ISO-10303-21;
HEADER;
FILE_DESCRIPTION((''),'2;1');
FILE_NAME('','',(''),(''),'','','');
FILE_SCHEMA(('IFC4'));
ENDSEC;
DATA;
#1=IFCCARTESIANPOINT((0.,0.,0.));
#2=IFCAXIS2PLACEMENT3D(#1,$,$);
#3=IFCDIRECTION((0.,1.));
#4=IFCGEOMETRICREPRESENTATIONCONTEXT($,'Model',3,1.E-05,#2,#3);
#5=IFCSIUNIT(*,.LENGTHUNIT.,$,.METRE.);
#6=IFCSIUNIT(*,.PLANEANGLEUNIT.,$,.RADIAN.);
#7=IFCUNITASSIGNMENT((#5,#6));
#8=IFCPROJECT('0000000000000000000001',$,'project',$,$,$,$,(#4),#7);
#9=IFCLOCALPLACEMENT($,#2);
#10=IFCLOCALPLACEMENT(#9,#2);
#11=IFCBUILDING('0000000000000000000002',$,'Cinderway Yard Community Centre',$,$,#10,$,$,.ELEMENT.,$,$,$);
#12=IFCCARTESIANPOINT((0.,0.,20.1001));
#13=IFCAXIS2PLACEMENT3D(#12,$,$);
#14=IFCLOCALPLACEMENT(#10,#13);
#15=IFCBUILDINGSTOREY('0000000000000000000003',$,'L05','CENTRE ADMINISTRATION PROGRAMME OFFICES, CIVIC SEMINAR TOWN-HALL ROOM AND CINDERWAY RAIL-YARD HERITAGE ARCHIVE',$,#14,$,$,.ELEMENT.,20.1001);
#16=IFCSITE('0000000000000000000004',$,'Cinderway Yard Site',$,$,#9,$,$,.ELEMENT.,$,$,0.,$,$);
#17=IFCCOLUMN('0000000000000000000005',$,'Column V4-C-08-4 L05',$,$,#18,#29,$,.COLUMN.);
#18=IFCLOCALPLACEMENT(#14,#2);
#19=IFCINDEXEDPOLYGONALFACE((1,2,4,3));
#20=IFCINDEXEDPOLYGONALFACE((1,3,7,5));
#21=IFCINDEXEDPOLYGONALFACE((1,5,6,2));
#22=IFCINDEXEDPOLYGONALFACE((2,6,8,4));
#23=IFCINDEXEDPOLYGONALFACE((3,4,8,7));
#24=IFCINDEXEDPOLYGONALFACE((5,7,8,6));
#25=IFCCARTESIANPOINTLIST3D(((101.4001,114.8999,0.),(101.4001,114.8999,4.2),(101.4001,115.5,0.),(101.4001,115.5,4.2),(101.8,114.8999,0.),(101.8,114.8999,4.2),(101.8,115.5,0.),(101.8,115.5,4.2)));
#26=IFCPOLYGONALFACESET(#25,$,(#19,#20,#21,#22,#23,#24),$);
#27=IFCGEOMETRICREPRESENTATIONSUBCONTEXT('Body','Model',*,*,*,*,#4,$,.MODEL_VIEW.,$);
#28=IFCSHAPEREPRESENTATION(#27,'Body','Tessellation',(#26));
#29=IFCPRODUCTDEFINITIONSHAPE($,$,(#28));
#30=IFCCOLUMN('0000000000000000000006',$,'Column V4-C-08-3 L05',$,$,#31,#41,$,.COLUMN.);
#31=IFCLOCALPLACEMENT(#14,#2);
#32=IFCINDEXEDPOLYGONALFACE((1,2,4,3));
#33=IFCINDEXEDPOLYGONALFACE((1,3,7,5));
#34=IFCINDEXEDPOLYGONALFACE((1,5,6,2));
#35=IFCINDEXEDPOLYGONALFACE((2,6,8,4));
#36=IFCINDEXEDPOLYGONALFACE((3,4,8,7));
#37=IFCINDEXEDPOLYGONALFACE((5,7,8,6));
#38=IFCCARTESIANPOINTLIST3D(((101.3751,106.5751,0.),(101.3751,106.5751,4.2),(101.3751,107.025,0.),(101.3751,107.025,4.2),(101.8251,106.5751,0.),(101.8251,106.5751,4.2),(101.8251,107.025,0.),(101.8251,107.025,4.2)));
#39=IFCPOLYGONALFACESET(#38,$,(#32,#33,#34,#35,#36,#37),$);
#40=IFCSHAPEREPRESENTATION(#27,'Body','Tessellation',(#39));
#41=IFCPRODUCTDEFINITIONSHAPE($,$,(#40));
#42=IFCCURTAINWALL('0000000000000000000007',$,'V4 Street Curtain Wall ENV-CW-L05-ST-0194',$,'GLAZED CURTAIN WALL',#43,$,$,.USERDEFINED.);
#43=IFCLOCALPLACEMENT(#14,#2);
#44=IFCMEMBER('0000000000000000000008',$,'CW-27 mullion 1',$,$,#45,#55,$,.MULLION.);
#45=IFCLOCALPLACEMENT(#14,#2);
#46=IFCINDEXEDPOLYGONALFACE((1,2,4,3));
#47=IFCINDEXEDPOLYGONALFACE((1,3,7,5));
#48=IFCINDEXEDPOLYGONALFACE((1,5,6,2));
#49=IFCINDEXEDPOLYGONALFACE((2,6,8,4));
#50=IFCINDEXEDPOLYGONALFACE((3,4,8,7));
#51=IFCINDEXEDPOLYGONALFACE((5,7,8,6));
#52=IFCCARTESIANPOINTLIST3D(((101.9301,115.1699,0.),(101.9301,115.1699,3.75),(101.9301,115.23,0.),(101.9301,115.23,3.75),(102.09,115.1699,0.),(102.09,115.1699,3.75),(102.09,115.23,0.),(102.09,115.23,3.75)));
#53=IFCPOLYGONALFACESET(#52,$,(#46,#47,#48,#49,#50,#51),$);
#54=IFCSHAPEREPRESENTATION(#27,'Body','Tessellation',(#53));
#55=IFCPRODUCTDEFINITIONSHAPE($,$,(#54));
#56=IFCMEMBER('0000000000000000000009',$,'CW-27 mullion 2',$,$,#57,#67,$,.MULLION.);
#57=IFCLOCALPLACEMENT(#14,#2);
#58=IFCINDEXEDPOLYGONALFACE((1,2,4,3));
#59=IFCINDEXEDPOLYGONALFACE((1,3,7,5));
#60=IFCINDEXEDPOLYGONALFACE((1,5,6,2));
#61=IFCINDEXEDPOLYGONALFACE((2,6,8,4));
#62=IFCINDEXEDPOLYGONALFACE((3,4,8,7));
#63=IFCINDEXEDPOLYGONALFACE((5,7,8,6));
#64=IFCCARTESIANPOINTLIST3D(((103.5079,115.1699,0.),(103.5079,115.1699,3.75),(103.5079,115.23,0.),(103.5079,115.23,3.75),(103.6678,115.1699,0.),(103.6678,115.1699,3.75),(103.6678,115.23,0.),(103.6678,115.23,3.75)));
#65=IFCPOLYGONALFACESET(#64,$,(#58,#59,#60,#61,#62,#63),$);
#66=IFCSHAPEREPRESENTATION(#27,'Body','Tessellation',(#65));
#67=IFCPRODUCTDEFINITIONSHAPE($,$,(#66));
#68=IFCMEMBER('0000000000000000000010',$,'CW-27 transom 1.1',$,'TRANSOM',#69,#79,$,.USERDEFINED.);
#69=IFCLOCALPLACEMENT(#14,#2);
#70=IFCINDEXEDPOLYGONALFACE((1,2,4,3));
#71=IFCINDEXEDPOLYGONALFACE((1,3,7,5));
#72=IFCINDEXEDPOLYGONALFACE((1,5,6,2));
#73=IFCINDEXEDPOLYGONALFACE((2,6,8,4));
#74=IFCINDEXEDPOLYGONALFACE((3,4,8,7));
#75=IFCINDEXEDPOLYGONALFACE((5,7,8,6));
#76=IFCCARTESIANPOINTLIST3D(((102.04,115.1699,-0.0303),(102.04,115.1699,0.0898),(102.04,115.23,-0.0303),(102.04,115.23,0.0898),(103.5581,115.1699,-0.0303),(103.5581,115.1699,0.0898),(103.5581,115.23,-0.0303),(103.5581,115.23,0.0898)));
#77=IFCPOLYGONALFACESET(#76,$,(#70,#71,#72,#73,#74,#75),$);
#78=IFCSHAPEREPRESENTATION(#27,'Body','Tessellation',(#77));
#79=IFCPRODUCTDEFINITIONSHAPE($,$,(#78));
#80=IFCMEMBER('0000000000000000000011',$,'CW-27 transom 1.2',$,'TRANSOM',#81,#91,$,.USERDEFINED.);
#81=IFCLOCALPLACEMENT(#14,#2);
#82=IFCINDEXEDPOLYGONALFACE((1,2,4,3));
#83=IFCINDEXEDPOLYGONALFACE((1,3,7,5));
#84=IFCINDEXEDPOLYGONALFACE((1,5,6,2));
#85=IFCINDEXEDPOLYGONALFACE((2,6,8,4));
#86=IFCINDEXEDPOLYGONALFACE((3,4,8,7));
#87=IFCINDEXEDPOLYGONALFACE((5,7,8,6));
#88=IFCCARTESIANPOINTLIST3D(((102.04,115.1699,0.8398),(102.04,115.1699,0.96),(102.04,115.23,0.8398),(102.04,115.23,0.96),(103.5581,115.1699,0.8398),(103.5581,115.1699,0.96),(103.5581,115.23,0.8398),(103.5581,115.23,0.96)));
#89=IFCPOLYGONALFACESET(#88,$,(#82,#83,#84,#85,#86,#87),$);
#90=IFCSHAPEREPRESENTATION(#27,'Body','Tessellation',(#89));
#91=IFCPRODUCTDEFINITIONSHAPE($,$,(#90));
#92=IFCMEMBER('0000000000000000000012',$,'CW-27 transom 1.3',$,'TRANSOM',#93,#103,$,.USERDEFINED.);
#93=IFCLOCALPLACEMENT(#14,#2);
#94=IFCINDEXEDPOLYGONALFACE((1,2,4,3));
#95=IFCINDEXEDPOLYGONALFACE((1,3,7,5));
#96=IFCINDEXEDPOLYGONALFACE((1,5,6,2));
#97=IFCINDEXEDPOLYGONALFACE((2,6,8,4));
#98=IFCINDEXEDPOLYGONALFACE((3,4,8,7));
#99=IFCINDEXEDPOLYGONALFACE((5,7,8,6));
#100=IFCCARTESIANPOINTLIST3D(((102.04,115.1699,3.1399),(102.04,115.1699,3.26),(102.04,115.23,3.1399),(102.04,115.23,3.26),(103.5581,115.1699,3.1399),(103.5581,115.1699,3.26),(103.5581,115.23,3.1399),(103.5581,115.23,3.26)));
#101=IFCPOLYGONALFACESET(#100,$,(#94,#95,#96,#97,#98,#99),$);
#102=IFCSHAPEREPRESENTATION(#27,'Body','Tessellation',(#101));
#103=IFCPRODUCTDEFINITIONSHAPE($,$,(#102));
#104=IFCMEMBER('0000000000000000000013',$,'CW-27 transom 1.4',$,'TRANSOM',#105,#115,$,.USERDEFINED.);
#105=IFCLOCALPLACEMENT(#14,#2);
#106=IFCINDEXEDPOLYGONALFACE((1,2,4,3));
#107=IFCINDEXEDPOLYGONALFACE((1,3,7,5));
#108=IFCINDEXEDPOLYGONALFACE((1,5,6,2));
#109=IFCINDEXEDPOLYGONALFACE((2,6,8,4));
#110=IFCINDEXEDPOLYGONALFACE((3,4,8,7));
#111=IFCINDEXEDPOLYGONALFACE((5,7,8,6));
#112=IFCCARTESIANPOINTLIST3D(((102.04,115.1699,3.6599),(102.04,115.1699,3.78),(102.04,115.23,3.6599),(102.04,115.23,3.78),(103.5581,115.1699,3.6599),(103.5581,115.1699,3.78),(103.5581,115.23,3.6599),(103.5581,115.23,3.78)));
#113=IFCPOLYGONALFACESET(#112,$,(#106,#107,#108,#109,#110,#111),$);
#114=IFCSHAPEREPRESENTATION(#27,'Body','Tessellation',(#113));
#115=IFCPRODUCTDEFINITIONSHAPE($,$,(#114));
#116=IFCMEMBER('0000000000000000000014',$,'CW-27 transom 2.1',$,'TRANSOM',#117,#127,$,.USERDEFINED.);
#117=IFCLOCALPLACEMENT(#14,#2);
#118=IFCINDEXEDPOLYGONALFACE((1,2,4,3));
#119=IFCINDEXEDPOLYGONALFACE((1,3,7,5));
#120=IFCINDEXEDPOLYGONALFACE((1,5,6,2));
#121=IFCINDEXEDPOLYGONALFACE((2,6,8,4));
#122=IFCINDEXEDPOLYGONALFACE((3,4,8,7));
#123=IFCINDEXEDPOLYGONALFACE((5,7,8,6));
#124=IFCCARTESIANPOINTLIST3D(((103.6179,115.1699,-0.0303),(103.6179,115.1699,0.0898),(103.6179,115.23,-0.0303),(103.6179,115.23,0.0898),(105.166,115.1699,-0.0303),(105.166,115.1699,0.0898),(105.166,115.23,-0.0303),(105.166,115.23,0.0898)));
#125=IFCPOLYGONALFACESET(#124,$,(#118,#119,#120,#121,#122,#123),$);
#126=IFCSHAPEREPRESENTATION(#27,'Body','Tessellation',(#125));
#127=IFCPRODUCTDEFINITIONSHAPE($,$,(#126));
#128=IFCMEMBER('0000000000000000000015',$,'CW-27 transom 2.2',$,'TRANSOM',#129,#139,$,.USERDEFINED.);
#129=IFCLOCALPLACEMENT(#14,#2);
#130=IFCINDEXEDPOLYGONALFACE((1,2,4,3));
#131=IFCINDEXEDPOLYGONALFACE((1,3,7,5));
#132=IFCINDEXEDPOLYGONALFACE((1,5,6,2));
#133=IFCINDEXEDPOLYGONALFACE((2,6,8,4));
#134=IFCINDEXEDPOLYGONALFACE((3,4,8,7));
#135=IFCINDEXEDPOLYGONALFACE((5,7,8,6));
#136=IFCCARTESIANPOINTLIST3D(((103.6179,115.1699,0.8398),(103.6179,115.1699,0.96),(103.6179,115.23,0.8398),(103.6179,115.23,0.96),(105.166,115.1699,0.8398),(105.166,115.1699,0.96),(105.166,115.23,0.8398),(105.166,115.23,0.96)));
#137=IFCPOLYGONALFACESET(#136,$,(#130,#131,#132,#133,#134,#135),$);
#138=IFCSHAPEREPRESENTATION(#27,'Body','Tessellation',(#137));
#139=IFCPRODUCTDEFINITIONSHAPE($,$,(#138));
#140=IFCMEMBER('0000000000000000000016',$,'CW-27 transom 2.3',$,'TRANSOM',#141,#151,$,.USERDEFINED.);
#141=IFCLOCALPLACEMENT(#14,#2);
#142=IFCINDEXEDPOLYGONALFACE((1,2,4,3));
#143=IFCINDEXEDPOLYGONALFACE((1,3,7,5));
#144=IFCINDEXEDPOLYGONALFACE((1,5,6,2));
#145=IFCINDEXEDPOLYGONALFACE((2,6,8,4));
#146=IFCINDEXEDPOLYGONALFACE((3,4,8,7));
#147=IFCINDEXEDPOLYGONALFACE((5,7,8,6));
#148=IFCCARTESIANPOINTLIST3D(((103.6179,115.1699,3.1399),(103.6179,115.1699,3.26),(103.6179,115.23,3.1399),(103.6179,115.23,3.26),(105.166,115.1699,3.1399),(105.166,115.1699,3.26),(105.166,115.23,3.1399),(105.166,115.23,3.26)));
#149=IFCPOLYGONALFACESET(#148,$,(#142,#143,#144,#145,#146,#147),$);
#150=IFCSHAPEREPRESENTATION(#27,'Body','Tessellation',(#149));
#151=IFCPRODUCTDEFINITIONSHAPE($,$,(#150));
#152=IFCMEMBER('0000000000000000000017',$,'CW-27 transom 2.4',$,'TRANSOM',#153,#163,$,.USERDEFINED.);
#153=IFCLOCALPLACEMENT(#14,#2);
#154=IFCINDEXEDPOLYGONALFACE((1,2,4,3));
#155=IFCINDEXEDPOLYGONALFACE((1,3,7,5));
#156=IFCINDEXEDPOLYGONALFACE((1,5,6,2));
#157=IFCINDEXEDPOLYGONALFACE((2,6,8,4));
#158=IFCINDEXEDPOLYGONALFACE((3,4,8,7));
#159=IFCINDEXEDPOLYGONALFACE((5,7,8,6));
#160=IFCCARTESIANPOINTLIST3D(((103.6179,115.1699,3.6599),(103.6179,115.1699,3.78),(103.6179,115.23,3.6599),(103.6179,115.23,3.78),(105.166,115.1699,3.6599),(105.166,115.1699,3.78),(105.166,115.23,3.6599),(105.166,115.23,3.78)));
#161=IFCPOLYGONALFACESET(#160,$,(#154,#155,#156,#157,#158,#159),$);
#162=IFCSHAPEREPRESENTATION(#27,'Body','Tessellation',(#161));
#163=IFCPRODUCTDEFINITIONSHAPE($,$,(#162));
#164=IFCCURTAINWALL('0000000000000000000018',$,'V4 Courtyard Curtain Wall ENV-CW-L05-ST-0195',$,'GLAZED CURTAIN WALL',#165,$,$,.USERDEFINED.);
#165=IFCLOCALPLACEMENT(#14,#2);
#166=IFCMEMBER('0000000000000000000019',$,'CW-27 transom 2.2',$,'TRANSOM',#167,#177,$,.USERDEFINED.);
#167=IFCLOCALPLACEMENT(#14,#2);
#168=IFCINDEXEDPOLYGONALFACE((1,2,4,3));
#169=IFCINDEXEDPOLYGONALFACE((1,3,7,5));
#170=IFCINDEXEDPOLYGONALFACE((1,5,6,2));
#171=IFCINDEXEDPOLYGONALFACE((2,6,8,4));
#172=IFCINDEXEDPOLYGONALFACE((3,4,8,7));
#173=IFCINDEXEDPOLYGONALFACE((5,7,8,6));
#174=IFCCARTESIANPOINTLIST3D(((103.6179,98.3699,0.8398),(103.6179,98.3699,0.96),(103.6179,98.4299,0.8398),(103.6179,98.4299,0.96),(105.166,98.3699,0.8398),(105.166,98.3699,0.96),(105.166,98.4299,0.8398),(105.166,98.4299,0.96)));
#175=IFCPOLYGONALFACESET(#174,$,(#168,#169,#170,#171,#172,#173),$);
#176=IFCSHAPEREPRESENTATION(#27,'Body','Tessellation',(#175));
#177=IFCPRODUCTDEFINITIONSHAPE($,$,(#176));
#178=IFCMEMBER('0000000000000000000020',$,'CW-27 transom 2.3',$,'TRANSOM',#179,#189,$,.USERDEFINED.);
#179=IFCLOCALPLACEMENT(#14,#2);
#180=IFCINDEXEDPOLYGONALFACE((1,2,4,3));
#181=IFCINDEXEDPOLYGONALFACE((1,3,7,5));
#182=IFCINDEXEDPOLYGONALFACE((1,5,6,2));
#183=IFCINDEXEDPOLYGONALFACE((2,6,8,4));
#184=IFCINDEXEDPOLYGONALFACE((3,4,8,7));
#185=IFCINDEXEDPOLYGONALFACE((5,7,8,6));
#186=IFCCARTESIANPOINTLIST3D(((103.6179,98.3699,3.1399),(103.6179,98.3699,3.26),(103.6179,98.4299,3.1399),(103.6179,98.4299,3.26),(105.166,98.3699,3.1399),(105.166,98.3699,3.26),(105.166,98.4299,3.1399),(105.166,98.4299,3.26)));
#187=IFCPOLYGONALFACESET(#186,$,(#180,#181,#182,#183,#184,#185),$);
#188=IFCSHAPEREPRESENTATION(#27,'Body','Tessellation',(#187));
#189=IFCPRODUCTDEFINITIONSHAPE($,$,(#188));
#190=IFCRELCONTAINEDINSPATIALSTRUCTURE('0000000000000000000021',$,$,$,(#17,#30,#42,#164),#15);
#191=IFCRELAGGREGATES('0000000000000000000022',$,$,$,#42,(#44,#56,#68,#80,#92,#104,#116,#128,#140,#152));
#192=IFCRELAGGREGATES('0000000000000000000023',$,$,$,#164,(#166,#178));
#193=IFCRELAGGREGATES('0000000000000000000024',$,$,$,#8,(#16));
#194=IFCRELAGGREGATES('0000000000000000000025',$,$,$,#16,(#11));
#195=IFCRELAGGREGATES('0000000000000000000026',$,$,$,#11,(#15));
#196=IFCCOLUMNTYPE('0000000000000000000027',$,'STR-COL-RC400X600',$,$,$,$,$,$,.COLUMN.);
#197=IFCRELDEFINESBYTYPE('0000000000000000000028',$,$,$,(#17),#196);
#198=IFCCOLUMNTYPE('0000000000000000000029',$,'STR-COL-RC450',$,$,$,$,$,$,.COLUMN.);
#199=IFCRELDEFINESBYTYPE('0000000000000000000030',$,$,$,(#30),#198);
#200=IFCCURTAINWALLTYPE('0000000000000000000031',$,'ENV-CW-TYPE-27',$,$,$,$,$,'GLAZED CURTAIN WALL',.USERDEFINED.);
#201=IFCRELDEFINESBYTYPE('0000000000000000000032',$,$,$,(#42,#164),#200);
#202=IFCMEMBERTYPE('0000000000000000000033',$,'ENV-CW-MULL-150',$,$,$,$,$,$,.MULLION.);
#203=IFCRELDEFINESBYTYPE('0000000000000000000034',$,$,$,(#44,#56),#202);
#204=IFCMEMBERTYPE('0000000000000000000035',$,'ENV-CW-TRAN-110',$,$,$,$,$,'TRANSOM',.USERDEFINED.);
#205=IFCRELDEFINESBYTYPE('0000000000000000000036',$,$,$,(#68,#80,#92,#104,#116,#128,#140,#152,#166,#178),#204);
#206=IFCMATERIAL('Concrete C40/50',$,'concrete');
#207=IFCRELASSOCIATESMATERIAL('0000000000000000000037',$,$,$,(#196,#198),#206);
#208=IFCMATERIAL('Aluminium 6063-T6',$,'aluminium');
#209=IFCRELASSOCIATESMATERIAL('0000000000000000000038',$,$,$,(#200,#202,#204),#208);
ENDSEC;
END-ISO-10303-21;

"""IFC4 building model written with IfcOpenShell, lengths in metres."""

from ifc_helpers import new_model, si_unit, direction, frame, origin, origin_2d, place, context, subcontext, project, spatial, rectangle, extrude, material, material_profile, profile_set, type_object, element, aggregate, save


model = new_model("IFC4")

# Units and contexts
model_context = context("Model", 3, precision=1e-05, world=origin(), true_north=direction((0.0, 1.0)))
body_context = subcontext(model_context, "Body", "Model", "MODEL_VIEW")
ifc_project = project(units=[si_unit("LENGTHUNIT", "METRE"), si_unit("PLANEANGLEUNIT", "RADIAN")], contexts=[model_context])

# Site, building, storey
site_placement = place(None, origin())
site = spatial("IfcSite", under=ifc_project, at=site_placement, Name="Cinderway Yard Site", CompositionType="ELEMENT", RefElevation=0.0)
building_placement = place(site_placement, origin())
building = spatial("IfcBuilding", under=site, at=building_placement, Name="Cinderway Yard Community Centre", CompositionType="ELEMENT")
storey_placement = place(building_placement, frame((0.0, 0.0, 20.1001)))
storey = spatial("IfcBuildingStorey", under=building, at=storey_placement, Name="L05", Description="CENTRE ADMINISTRATION PROGRAMME OFFICES, CIVIC SEMINAR TOWN-HALL ROOM AND CINDERWAY RAIL-YARD HERITAGE ARCHIVE", CompositionType="ELEMENT", Elevation=20.1001)

# Columns
ifc_material_1 = material(Name="Concrete C40/50", Category="concrete")
ifc_material_profile_1 = material_profile(ifc_material_1, rectangle(XDim=0.3999, YDim=0.6001, at=origin_2d()), Name="Concrete C40/50")
ifc_profile_set_1 = profile_set([ifc_material_profile_1], Name="Concrete C40/50")
column_type_1 = type_object("IfcColumnType", Name="STR-COL-RC400X600", PredefinedType="COLUMN", material=ifc_profile_set_1)
column_1_placement = place(storey_placement, frame((101.6001, 115.2, 0.0), z_axis=(0.0, 0.0, 1.0), x_axis=(1.0, 0.0, 0.0)))
element("IfcColumn", 1, at=column_1_placement, inside=storey, type_object=column_type_1, Name="Column V4-C-08-4 L05", PredefinedType="COLUMN", context=body_context, shape_type="SweptSolid", body=[
    extrude(rectangle(XDim=0.3999, YDim=0.6001, at=origin_2d()), origin(), (0.0, 0.0, 1.0), 4.2),
])
ifc_material_profile_2 = material_profile(ifc_material_1, rectangle(XDim=0.45, YDim=0.45, at=origin_2d()), Name="Concrete C40/50")
ifc_profile_set_2 = profile_set([ifc_material_profile_2], Name="Concrete C40/50")
column_type_2 = type_object("IfcColumnType", Name="STR-COL-RC450", PredefinedType="COLUMN", material=ifc_profile_set_2)
column_2_placement = place(storey_placement, frame((101.6001, 106.8, 0.0), z_axis=(0.0, 0.0, 1.0), x_axis=(1.0, 0.0, 0.0)))
element("IfcColumn", 2, at=column_2_placement, inside=storey, type_object=column_type_2, Name="Column V4-C-08-3 L05", PredefinedType="COLUMN", context=body_context, shape_type="SweptSolid", body=[
    extrude(rectangle(XDim=0.45, YDim=0.45, at=origin_2d()), origin(), (0.0, 0.0, 1.0), 4.2),
])

# Curtain walls, members
ifc_material_2 = material(Name="Aluminium 6063-T6", Category="aluminium")
curtain_wall_type = type_object("IfcCurtainWallType", Name="ENV-CW-TYPE-27", ElementType="GLAZED CURTAIN WALL", PredefinedType="USERDEFINED", material=ifc_material_2)
curtain_wall_1_placement = place(storey_placement, origin())
curtain_wall_1 = element("IfcCurtainWall", 3, at=curtain_wall_1_placement, inside=storey, type_object=curtain_wall_type, Name="V4 Street Curtain Wall ENV-CW-L05-ST-0194", ObjectType="GLAZED CURTAIN WALL", PredefinedType="USERDEFINED")
ifc_material_profile_3 = material_profile(ifc_material_2, rectangle(XDim=0.0601, YDim=0.1599, at=origin_2d()), Name="Aluminium 6063-T6")
ifc_profile_set_3 = profile_set([ifc_material_profile_3], Name="Aluminium 6063-T6")
member_type_1 = type_object("IfcMemberType", Name="ENV-CW-MULL-150", PredefinedType="MULLION", material=ifc_profile_set_3)
member_1_placement = place(storey_placement, frame((102.01, 115.2, 0.0), z_axis=(0.0, 0.0, 1.0), x_axis=(0.0, 1.0, 0.0)))
member_1 = element("IfcMember", 4, at=member_1_placement, type_object=member_type_1, Name="CW-27 mullion 1", PredefinedType="MULLION", context=body_context, shape_type="SweptSolid", body=[
    extrude(rectangle(XDim=0.0601, YDim=0.1599, at=origin_2d()), origin(), (0.0, 0.0, 1.0), 3.75),
])
member_2_placement = place(storey_placement, frame((103.5879, 115.2, 0.0), z_axis=(0.0, 0.0, 1.0), x_axis=(0.0, 1.0, 0.0)))
member_2 = element("IfcMember", 5, at=member_2_placement, type_object=member_type_1, Name="CW-27 mullion 2", PredefinedType="MULLION", context=body_context, shape_type="SweptSolid", body=[
    extrude(rectangle(XDim=0.0601, YDim=0.1599, at=origin_2d()), origin(), (0.0, 0.0, 1.0), 3.75),
])
ifc_material_profile_4 = material_profile(ifc_material_2, rectangle(XDim=0.0601, YDim=0.1201, at=origin_2d()), Name="Aluminium 6063-T6")
ifc_profile_set_4 = profile_set([ifc_material_profile_4], Name="Aluminium 6063-T6")
member_type_2 = type_object("IfcMemberType", Name="ENV-CW-TRAN-110", ElementType="TRANSOM", PredefinedType="USERDEFINED", material=ifc_profile_set_4)
member_3_placement = place(storey_placement, frame((102.04, 115.2, 0.0298), z_axis=(1.0, 0.0, 0.0), x_axis=(0.0, 1.0, 0.0)))
member_3 = element("IfcMember", 6, at=member_3_placement, type_object=member_type_2, Name="CW-27 transom 1.1", ObjectType="TRANSOM", PredefinedType="USERDEFINED", context=body_context, shape_type="SweptSolid", body=[
    extrude(rectangle(XDim=0.0601, YDim=0.1201, at=origin_2d()), origin(), (0.0, 0.0, 1.0), 1.5181),
])
member_4_placement = place(storey_placement, frame((102.04, 115.2, 0.8999), z_axis=(1.0, 0.0, 0.0), x_axis=(0.0, 1.0, 0.0)))
member_4 = element("IfcMember", 7, at=member_4_placement, type_object=member_type_2, Name="CW-27 transom 1.2", ObjectType="TRANSOM", PredefinedType="USERDEFINED", context=body_context, shape_type="SweptSolid", body=[
    extrude(rectangle(XDim=0.0601, YDim=0.1201, at=origin_2d()), origin(), (0.0, 0.0, 1.0), 1.5181),
])
member_5_placement = place(storey_placement, frame((102.04, 115.2, 3.2), z_axis=(1.0, 0.0, 0.0), x_axis=(0.0, 1.0, 0.0)))
member_5 = element("IfcMember", 8, at=member_5_placement, type_object=member_type_2, Name="CW-27 transom 1.3", ObjectType="TRANSOM", PredefinedType="USERDEFINED", context=body_context, shape_type="SweptSolid", body=[
    extrude(rectangle(XDim=0.0601, YDim=0.1201, at=origin_2d()), origin(), (0.0, 0.0, 1.0), 1.5181),
])
member_6_placement = place(storey_placement, frame((102.04, 115.2, 3.72), z_axis=(1.0, 0.0, 0.0), x_axis=(0.0, 1.0, 0.0)))
member_6 = element("IfcMember", 9, at=member_6_placement, type_object=member_type_2, Name="CW-27 transom 1.4", ObjectType="TRANSOM", PredefinedType="USERDEFINED", context=body_context, shape_type="SweptSolid", body=[
    extrude(rectangle(XDim=0.0601, YDim=0.1201, at=origin_2d()), origin(), (0.0, 0.0, 1.0), 1.5181),
])
member_7_placement = place(storey_placement, frame((103.6179, 115.2, 0.0298), z_axis=(1.0, 0.0, 0.0), x_axis=(0.0, 1.0, 0.0)))
member_7 = element("IfcMember", 10, at=member_7_placement, type_object=member_type_2, Name="CW-27 transom 2.1", ObjectType="TRANSOM", PredefinedType="USERDEFINED", context=body_context, shape_type="SweptSolid", body=[
    extrude(rectangle(XDim=0.0601, YDim=0.1201, at=origin_2d()), origin(), (0.0, 0.0, 1.0), 1.5481),
])
member_8_placement = place(storey_placement, frame((103.6179, 115.2, 0.8999), z_axis=(1.0, 0.0, 0.0), x_axis=(0.0, 1.0, 0.0)))
member_8 = element("IfcMember", 11, at=member_8_placement, type_object=member_type_2, Name="CW-27 transom 2.2", ObjectType="TRANSOM", PredefinedType="USERDEFINED", context=body_context, shape_type="SweptSolid", body=[
    extrude(rectangle(XDim=0.0601, YDim=0.1201, at=origin_2d()), origin(), (0.0, 0.0, 1.0), 1.5481),
])
member_9_placement = place(storey_placement, frame((103.6179, 115.2, 3.2), z_axis=(1.0, 0.0, 0.0), x_axis=(0.0, 1.0, 0.0)))
member_9 = element("IfcMember", 12, at=member_9_placement, type_object=member_type_2, Name="CW-27 transom 2.3", ObjectType="TRANSOM", PredefinedType="USERDEFINED", context=body_context, shape_type="SweptSolid", body=[
    extrude(rectangle(XDim=0.0601, YDim=0.1201, at=origin_2d()), origin(), (0.0, 0.0, 1.0), 1.5481),
])
member_10_placement = place(storey_placement, frame((103.6179, 115.2, 3.72), z_axis=(1.0, 0.0, 0.0), x_axis=(0.0, 1.0, 0.0)))
member_10 = element("IfcMember", 13, at=member_10_placement, type_object=member_type_2, Name="CW-27 transom 2.4", ObjectType="TRANSOM", PredefinedType="USERDEFINED", context=body_context, shape_type="SweptSolid", body=[
    extrude(rectangle(XDim=0.0601, YDim=0.1201, at=origin_2d()), origin(), (0.0, 0.0, 1.0), 1.5481),
])
curtain_wall_2_placement = place(storey_placement, origin())
curtain_wall_2 = element("IfcCurtainWall", 14, at=curtain_wall_2_placement, inside=storey, type_object=curtain_wall_type, Name="V4 Courtyard Curtain Wall ENV-CW-L05-ST-0195", ObjectType="GLAZED CURTAIN WALL", PredefinedType="USERDEFINED")
member_11_placement = place(storey_placement, frame((103.6179, 98.3999, 0.8999), z_axis=(1.0, 0.0, 0.0), x_axis=(0.0, 1.0, 0.0)))
member_11 = element("IfcMember", 15, at=member_11_placement, type_object=member_type_2, Name="CW-27 transom 2.2", ObjectType="TRANSOM", PredefinedType="USERDEFINED", context=body_context, shape_type="SweptSolid", body=[
    extrude(rectangle(XDim=0.0601, YDim=0.1201, at=origin_2d()), origin(), (0.0, 0.0, 1.0), 1.5481),
])
member_12_placement = place(storey_placement, frame((103.6179, 98.3999, 3.2), z_axis=(1.0, 0.0, 0.0), x_axis=(0.0, 1.0, 0.0)))
member_12 = element("IfcMember", 16, at=member_12_placement, type_object=member_type_2, Name="CW-27 transom 2.3", ObjectType="TRANSOM", PredefinedType="USERDEFINED", context=body_context, shape_type="SweptSolid", body=[
    extrude(rectangle(XDim=0.0601, YDim=0.1201, at=origin_2d()), origin(), (0.0, 0.0, 1.0), 1.5481),
])

aggregate(curtain_wall_1, [member_1, member_2, member_3, member_4, member_5, member_6, member_7, member_8, member_9, member_10])
aggregate(curtain_wall_2, [member_11, member_12])

save(model, "model.ifc")
